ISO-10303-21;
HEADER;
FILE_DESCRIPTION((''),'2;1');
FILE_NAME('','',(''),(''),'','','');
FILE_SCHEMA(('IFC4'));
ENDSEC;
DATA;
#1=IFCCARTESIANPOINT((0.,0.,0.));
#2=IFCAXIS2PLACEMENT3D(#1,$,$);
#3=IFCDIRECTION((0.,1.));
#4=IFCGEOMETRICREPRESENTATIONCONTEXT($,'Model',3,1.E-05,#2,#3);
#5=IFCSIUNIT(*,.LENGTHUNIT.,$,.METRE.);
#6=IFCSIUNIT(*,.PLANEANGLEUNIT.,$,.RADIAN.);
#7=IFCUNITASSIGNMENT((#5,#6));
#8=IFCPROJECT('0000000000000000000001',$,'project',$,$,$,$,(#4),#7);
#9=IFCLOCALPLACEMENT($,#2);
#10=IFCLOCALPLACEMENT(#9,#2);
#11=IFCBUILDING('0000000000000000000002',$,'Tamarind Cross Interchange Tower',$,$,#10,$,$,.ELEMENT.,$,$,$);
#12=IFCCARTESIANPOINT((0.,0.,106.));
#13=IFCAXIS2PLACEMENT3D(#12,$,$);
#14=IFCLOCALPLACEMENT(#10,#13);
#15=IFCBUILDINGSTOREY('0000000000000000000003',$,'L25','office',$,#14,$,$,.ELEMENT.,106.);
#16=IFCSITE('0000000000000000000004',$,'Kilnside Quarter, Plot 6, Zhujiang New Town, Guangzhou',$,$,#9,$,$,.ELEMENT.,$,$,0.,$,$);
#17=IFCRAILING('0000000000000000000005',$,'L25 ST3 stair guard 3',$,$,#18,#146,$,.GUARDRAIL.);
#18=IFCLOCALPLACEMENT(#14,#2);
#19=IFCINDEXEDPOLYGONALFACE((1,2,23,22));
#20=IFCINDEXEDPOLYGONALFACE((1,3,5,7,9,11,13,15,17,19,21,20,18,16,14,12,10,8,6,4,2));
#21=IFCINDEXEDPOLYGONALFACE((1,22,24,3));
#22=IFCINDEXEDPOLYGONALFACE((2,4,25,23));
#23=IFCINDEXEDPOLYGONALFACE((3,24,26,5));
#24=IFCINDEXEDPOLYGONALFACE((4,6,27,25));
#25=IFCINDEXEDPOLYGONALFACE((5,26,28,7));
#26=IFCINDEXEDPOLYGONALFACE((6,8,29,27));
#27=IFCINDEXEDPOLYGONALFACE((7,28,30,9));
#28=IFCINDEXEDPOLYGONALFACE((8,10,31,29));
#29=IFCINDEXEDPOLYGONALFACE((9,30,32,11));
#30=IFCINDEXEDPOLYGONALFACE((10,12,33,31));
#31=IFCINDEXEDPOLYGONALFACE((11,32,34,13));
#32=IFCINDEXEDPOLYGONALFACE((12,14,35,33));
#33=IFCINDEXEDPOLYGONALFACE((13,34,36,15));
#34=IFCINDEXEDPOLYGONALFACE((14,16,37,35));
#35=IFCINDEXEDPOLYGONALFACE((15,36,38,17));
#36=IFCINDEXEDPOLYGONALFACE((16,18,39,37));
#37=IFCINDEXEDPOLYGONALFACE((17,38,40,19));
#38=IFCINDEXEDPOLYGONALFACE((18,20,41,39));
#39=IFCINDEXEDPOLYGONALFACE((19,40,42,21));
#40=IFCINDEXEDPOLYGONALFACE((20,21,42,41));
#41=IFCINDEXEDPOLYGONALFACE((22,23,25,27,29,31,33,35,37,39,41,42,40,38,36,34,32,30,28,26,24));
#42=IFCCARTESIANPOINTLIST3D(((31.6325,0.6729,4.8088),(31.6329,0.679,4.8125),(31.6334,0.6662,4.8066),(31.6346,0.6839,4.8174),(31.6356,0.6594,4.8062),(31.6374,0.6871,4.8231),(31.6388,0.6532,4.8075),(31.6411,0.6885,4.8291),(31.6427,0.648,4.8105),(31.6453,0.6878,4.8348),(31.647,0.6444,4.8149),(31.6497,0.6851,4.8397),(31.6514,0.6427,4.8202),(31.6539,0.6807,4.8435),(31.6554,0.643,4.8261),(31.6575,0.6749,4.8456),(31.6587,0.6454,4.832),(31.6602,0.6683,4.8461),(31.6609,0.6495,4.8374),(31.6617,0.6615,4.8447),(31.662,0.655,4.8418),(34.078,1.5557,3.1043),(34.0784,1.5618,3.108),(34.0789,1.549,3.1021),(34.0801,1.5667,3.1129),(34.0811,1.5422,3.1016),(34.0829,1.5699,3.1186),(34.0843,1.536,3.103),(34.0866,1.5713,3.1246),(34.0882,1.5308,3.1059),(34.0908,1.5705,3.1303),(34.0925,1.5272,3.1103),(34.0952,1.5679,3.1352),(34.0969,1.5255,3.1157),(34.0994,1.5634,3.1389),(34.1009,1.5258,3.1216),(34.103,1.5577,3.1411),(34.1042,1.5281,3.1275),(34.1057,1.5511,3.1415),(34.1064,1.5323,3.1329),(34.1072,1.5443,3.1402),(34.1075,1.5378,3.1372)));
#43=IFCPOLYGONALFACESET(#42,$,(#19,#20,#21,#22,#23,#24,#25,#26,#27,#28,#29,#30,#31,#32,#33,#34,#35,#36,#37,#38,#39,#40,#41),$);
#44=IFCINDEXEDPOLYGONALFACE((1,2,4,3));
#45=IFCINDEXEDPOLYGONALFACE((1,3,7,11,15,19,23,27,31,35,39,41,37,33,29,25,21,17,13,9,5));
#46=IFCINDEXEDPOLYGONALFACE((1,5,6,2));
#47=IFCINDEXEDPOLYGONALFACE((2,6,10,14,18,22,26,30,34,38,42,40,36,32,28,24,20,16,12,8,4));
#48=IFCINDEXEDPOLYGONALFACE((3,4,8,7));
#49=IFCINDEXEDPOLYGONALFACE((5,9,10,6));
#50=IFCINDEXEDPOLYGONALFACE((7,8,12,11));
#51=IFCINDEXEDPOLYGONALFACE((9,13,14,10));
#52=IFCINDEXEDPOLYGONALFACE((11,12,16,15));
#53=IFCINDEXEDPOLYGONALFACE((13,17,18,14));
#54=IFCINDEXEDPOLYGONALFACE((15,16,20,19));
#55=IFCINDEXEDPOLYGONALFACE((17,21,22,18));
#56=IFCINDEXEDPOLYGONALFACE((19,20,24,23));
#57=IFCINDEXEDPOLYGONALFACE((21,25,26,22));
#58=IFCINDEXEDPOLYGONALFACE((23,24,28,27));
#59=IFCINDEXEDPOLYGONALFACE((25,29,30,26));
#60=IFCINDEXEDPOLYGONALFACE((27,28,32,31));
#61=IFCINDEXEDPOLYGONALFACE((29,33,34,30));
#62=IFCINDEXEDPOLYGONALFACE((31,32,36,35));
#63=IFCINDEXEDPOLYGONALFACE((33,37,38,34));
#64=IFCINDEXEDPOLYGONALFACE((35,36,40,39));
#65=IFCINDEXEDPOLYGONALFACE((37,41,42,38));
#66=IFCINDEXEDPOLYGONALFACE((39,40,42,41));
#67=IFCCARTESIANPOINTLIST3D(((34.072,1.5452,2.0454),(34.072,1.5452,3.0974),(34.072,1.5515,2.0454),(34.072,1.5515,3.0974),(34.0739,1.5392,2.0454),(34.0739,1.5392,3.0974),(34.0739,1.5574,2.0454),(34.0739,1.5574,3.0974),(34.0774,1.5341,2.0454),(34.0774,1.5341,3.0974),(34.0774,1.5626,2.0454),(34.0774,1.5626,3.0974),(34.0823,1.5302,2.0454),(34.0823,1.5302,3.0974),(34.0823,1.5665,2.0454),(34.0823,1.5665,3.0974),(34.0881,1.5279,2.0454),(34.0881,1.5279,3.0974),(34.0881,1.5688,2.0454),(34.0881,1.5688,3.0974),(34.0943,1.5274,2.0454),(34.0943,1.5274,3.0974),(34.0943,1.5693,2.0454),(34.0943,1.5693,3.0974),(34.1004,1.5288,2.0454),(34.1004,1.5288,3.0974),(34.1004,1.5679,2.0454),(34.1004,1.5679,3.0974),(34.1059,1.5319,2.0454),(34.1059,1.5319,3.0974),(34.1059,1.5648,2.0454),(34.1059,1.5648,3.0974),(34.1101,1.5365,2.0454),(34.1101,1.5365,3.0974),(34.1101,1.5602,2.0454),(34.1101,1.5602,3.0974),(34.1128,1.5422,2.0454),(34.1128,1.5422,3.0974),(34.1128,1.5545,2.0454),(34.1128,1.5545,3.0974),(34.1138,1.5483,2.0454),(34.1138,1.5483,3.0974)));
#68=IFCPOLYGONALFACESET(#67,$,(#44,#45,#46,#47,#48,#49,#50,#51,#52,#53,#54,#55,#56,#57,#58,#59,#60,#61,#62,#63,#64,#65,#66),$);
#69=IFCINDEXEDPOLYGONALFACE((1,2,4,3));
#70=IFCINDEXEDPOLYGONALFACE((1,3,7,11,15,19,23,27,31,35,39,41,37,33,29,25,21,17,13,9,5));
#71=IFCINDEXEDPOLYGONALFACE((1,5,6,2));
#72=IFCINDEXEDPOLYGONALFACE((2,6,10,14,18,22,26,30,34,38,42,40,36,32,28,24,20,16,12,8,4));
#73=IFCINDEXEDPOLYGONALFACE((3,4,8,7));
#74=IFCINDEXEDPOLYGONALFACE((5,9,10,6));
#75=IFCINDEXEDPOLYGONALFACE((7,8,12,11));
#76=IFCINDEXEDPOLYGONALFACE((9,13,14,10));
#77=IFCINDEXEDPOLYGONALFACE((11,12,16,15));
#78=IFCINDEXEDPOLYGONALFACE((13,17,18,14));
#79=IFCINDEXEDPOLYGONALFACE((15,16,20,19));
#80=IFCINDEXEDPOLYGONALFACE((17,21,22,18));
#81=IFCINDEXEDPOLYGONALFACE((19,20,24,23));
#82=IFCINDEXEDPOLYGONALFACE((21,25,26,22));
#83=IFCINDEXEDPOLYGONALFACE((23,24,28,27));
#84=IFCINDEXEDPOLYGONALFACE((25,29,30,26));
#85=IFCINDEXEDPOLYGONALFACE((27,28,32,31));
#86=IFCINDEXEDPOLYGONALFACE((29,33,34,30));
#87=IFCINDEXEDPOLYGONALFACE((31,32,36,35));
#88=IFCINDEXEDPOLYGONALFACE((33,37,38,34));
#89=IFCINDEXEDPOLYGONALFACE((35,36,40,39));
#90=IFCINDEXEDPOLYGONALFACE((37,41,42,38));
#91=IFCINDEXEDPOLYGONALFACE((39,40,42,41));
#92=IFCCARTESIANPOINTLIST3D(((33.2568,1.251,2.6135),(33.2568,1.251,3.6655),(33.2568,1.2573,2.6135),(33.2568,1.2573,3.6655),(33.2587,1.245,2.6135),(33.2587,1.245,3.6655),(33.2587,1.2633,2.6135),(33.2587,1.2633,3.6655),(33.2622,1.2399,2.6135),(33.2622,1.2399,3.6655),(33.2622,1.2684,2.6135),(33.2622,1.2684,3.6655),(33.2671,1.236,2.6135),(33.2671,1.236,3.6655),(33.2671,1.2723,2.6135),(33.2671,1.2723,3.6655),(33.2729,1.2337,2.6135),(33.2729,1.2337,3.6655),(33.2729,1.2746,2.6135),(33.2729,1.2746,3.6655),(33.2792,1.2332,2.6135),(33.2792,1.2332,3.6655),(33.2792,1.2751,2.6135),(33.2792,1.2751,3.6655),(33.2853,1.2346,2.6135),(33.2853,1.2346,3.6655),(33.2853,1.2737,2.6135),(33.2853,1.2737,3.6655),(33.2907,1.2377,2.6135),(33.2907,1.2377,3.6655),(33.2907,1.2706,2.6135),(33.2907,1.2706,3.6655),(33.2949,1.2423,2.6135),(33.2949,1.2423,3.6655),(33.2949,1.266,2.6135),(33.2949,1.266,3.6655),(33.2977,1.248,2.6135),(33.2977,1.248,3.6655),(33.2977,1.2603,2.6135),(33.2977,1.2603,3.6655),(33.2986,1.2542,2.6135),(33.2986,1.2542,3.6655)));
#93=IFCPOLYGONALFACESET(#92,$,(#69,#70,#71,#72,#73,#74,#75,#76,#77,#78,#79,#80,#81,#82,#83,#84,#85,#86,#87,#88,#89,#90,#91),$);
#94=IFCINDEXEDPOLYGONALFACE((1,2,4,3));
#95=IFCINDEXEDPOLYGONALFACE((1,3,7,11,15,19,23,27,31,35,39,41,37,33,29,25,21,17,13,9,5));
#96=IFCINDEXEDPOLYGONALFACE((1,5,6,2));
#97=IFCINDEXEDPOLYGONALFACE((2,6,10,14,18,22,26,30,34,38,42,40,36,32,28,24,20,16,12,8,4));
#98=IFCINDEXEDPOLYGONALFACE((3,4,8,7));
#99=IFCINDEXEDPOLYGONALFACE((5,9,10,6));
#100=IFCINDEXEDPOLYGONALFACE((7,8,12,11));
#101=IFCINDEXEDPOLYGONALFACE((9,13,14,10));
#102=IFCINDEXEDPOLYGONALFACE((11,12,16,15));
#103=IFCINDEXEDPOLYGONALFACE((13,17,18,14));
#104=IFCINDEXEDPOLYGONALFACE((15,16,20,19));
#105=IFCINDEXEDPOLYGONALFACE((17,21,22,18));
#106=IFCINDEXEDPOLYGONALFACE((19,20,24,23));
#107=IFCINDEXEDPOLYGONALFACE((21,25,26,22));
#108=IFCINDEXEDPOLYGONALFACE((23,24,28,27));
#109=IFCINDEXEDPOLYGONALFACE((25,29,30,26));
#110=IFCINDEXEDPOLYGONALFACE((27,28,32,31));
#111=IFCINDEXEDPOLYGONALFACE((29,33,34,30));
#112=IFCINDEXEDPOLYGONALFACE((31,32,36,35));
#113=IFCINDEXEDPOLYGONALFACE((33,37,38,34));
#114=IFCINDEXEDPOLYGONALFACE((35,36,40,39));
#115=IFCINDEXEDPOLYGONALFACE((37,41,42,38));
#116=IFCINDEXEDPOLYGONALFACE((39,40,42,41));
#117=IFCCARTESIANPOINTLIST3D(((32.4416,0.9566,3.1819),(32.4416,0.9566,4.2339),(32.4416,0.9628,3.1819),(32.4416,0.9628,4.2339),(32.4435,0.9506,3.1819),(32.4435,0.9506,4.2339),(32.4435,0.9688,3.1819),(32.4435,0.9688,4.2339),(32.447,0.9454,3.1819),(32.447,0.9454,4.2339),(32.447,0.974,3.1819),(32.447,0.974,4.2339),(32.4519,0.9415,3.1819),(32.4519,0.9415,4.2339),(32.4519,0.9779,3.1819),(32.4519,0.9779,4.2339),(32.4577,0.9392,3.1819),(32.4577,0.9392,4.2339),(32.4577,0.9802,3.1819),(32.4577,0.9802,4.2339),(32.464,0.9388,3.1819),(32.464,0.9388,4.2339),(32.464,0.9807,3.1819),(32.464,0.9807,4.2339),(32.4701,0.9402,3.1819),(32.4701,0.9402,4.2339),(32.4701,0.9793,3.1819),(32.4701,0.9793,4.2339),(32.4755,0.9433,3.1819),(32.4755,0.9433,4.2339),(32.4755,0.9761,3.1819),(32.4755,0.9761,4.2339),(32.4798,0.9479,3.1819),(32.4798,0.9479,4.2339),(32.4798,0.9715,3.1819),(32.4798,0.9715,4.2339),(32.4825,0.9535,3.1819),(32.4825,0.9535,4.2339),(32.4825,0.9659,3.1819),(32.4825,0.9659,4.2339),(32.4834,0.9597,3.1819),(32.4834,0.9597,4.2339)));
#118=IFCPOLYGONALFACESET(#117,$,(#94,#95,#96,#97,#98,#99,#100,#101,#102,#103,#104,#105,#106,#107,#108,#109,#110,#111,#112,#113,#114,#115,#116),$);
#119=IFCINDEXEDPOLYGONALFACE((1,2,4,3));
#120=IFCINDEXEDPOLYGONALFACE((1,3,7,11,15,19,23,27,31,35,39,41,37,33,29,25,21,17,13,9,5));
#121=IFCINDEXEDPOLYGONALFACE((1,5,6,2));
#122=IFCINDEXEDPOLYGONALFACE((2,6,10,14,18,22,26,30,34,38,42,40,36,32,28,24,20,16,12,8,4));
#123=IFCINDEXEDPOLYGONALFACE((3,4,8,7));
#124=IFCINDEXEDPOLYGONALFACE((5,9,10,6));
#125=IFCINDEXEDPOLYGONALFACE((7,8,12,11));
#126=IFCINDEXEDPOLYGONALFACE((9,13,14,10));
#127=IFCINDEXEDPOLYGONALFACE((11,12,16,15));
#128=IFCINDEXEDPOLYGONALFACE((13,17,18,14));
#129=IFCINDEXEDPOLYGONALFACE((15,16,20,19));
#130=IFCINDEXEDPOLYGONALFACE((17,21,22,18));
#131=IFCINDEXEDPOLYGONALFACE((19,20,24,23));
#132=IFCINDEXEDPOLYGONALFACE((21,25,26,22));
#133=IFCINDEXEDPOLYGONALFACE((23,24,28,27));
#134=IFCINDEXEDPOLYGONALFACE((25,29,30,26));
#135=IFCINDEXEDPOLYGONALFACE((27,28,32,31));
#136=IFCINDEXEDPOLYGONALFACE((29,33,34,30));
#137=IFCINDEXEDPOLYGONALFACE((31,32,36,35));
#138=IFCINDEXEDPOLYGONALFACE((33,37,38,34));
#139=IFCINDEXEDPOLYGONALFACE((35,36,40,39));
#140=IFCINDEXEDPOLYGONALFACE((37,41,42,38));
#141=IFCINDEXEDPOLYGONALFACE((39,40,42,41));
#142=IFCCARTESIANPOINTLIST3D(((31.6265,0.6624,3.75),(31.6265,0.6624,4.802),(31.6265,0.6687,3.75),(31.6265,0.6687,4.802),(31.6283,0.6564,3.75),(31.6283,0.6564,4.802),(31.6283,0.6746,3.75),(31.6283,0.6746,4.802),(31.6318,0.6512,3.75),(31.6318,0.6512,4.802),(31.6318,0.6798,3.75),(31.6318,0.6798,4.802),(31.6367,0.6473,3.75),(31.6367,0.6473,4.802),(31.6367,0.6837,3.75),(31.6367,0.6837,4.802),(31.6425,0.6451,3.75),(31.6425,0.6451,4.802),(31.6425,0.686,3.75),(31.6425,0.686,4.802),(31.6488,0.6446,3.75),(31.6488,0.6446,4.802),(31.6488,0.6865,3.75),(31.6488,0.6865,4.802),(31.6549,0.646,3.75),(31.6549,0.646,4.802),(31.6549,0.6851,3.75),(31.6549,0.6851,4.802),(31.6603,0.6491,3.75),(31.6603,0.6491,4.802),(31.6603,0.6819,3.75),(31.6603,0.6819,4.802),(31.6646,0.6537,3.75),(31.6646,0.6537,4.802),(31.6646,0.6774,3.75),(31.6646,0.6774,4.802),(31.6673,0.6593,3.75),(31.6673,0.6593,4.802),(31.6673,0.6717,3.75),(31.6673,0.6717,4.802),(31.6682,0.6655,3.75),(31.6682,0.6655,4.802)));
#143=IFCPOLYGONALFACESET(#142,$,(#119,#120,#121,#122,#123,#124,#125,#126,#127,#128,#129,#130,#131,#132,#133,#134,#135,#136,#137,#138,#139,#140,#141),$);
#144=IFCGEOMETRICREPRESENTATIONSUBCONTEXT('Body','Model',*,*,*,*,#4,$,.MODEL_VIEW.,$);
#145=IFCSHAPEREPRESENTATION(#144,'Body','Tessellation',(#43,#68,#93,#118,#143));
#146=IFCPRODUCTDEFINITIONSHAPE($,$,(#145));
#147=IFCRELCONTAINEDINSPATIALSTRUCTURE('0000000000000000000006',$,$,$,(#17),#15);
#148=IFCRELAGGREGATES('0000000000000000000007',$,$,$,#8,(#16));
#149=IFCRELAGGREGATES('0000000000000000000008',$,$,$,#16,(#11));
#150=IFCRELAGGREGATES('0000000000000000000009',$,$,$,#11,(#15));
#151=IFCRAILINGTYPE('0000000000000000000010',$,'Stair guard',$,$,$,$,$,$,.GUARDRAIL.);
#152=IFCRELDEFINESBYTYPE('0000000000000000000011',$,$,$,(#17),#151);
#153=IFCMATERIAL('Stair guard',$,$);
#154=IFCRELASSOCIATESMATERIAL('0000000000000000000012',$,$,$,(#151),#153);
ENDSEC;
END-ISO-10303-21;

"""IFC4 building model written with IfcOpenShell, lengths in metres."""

from ifc_helpers import new_model, si_unit, direction, frame, origin, origin_2d, place, context, subcontext, project, spatial, circle, extrude, material, type_object, element, save


model = new_model("IFC4")

# Units and contexts
model_context = context("Model", 3, precision=1e-05, world=origin(), true_north=direction((0.0, 1.0)))
body_context = subcontext(model_context, "Body", "Model", "MODEL_VIEW")
ifc_project = project(units=[si_unit("LENGTHUNIT", "METRE"), si_unit("PLANEANGLEUNIT", "RADIAN")], contexts=[model_context])

# Site, building, storey
site_placement = place(None, origin())
site = spatial("IfcSite", under=ifc_project, at=site_placement, Name="Kilnside Quarter, Plot 6, Zhujiang New Town, Guangzhou", CompositionType="ELEMENT", RefElevation=0.0)
building_placement = place(site_placement, origin())
building = spatial("IfcBuilding", under=site, at=building_placement, Name="Tamarind Cross Interchange Tower", CompositionType="ELEMENT")
storey_placement = place(building_placement, frame((0.0, 0.0, 106.0)))
storey = spatial("IfcBuildingStorey", under=building, at=storey_placement, Name="L25", Description="office", CompositionType="ELEMENT", Elevation=106.0)

# Railing
ifc_material_1 = material(Name="Stair guard")
railing_type_1 = type_object("IfcRailingType", Name="Stair guard", PredefinedType="GUARDRAIL", material=ifc_material_1)
railing_1_placement = place(storey_placement, frame((34.0928, 1.5483, 2.0454)))
element("IfcRailing", 1, at=railing_1_placement, inside=storey, type_object=railing_type_1, Name="L25 ST3 stair guard 3", PredefinedType="GUARDRAIL", context=body_context, shape_type="SweptSolid", body=[
    extrude(circle(Radius=0.0239, at=origin_2d()), frame((0.0, 0.0, 1.0762), z_axis=(-0.786612, -0.283956, 0.54828), x_axis=(0.339541, -0.940591, 0.0)), (0.0, 0.0, 1.0), 3.1089),
    extrude(circle(Radius=0.021, at=origin_2d()), origin(), (0.0, 0.0, 1.0), 1.052),
    extrude(circle(Radius=0.021, at=origin_2d()), frame((-0.8152, -0.2942, 0.5681)), (0.0, 0.0, 1.0), 1.052),
    extrude(circle(Radius=0.021, at=origin_2d()), frame((-1.6304, -0.5886, 1.1365)), (0.0, 0.0, 1.0), 1.052),
    extrude(circle(Radius=0.021, at=origin_2d()), frame((-2.4456, -0.8828, 1.7046)), (0.0, 0.0, 1.0), 1.052),
])

save(model, "model.ifc")
